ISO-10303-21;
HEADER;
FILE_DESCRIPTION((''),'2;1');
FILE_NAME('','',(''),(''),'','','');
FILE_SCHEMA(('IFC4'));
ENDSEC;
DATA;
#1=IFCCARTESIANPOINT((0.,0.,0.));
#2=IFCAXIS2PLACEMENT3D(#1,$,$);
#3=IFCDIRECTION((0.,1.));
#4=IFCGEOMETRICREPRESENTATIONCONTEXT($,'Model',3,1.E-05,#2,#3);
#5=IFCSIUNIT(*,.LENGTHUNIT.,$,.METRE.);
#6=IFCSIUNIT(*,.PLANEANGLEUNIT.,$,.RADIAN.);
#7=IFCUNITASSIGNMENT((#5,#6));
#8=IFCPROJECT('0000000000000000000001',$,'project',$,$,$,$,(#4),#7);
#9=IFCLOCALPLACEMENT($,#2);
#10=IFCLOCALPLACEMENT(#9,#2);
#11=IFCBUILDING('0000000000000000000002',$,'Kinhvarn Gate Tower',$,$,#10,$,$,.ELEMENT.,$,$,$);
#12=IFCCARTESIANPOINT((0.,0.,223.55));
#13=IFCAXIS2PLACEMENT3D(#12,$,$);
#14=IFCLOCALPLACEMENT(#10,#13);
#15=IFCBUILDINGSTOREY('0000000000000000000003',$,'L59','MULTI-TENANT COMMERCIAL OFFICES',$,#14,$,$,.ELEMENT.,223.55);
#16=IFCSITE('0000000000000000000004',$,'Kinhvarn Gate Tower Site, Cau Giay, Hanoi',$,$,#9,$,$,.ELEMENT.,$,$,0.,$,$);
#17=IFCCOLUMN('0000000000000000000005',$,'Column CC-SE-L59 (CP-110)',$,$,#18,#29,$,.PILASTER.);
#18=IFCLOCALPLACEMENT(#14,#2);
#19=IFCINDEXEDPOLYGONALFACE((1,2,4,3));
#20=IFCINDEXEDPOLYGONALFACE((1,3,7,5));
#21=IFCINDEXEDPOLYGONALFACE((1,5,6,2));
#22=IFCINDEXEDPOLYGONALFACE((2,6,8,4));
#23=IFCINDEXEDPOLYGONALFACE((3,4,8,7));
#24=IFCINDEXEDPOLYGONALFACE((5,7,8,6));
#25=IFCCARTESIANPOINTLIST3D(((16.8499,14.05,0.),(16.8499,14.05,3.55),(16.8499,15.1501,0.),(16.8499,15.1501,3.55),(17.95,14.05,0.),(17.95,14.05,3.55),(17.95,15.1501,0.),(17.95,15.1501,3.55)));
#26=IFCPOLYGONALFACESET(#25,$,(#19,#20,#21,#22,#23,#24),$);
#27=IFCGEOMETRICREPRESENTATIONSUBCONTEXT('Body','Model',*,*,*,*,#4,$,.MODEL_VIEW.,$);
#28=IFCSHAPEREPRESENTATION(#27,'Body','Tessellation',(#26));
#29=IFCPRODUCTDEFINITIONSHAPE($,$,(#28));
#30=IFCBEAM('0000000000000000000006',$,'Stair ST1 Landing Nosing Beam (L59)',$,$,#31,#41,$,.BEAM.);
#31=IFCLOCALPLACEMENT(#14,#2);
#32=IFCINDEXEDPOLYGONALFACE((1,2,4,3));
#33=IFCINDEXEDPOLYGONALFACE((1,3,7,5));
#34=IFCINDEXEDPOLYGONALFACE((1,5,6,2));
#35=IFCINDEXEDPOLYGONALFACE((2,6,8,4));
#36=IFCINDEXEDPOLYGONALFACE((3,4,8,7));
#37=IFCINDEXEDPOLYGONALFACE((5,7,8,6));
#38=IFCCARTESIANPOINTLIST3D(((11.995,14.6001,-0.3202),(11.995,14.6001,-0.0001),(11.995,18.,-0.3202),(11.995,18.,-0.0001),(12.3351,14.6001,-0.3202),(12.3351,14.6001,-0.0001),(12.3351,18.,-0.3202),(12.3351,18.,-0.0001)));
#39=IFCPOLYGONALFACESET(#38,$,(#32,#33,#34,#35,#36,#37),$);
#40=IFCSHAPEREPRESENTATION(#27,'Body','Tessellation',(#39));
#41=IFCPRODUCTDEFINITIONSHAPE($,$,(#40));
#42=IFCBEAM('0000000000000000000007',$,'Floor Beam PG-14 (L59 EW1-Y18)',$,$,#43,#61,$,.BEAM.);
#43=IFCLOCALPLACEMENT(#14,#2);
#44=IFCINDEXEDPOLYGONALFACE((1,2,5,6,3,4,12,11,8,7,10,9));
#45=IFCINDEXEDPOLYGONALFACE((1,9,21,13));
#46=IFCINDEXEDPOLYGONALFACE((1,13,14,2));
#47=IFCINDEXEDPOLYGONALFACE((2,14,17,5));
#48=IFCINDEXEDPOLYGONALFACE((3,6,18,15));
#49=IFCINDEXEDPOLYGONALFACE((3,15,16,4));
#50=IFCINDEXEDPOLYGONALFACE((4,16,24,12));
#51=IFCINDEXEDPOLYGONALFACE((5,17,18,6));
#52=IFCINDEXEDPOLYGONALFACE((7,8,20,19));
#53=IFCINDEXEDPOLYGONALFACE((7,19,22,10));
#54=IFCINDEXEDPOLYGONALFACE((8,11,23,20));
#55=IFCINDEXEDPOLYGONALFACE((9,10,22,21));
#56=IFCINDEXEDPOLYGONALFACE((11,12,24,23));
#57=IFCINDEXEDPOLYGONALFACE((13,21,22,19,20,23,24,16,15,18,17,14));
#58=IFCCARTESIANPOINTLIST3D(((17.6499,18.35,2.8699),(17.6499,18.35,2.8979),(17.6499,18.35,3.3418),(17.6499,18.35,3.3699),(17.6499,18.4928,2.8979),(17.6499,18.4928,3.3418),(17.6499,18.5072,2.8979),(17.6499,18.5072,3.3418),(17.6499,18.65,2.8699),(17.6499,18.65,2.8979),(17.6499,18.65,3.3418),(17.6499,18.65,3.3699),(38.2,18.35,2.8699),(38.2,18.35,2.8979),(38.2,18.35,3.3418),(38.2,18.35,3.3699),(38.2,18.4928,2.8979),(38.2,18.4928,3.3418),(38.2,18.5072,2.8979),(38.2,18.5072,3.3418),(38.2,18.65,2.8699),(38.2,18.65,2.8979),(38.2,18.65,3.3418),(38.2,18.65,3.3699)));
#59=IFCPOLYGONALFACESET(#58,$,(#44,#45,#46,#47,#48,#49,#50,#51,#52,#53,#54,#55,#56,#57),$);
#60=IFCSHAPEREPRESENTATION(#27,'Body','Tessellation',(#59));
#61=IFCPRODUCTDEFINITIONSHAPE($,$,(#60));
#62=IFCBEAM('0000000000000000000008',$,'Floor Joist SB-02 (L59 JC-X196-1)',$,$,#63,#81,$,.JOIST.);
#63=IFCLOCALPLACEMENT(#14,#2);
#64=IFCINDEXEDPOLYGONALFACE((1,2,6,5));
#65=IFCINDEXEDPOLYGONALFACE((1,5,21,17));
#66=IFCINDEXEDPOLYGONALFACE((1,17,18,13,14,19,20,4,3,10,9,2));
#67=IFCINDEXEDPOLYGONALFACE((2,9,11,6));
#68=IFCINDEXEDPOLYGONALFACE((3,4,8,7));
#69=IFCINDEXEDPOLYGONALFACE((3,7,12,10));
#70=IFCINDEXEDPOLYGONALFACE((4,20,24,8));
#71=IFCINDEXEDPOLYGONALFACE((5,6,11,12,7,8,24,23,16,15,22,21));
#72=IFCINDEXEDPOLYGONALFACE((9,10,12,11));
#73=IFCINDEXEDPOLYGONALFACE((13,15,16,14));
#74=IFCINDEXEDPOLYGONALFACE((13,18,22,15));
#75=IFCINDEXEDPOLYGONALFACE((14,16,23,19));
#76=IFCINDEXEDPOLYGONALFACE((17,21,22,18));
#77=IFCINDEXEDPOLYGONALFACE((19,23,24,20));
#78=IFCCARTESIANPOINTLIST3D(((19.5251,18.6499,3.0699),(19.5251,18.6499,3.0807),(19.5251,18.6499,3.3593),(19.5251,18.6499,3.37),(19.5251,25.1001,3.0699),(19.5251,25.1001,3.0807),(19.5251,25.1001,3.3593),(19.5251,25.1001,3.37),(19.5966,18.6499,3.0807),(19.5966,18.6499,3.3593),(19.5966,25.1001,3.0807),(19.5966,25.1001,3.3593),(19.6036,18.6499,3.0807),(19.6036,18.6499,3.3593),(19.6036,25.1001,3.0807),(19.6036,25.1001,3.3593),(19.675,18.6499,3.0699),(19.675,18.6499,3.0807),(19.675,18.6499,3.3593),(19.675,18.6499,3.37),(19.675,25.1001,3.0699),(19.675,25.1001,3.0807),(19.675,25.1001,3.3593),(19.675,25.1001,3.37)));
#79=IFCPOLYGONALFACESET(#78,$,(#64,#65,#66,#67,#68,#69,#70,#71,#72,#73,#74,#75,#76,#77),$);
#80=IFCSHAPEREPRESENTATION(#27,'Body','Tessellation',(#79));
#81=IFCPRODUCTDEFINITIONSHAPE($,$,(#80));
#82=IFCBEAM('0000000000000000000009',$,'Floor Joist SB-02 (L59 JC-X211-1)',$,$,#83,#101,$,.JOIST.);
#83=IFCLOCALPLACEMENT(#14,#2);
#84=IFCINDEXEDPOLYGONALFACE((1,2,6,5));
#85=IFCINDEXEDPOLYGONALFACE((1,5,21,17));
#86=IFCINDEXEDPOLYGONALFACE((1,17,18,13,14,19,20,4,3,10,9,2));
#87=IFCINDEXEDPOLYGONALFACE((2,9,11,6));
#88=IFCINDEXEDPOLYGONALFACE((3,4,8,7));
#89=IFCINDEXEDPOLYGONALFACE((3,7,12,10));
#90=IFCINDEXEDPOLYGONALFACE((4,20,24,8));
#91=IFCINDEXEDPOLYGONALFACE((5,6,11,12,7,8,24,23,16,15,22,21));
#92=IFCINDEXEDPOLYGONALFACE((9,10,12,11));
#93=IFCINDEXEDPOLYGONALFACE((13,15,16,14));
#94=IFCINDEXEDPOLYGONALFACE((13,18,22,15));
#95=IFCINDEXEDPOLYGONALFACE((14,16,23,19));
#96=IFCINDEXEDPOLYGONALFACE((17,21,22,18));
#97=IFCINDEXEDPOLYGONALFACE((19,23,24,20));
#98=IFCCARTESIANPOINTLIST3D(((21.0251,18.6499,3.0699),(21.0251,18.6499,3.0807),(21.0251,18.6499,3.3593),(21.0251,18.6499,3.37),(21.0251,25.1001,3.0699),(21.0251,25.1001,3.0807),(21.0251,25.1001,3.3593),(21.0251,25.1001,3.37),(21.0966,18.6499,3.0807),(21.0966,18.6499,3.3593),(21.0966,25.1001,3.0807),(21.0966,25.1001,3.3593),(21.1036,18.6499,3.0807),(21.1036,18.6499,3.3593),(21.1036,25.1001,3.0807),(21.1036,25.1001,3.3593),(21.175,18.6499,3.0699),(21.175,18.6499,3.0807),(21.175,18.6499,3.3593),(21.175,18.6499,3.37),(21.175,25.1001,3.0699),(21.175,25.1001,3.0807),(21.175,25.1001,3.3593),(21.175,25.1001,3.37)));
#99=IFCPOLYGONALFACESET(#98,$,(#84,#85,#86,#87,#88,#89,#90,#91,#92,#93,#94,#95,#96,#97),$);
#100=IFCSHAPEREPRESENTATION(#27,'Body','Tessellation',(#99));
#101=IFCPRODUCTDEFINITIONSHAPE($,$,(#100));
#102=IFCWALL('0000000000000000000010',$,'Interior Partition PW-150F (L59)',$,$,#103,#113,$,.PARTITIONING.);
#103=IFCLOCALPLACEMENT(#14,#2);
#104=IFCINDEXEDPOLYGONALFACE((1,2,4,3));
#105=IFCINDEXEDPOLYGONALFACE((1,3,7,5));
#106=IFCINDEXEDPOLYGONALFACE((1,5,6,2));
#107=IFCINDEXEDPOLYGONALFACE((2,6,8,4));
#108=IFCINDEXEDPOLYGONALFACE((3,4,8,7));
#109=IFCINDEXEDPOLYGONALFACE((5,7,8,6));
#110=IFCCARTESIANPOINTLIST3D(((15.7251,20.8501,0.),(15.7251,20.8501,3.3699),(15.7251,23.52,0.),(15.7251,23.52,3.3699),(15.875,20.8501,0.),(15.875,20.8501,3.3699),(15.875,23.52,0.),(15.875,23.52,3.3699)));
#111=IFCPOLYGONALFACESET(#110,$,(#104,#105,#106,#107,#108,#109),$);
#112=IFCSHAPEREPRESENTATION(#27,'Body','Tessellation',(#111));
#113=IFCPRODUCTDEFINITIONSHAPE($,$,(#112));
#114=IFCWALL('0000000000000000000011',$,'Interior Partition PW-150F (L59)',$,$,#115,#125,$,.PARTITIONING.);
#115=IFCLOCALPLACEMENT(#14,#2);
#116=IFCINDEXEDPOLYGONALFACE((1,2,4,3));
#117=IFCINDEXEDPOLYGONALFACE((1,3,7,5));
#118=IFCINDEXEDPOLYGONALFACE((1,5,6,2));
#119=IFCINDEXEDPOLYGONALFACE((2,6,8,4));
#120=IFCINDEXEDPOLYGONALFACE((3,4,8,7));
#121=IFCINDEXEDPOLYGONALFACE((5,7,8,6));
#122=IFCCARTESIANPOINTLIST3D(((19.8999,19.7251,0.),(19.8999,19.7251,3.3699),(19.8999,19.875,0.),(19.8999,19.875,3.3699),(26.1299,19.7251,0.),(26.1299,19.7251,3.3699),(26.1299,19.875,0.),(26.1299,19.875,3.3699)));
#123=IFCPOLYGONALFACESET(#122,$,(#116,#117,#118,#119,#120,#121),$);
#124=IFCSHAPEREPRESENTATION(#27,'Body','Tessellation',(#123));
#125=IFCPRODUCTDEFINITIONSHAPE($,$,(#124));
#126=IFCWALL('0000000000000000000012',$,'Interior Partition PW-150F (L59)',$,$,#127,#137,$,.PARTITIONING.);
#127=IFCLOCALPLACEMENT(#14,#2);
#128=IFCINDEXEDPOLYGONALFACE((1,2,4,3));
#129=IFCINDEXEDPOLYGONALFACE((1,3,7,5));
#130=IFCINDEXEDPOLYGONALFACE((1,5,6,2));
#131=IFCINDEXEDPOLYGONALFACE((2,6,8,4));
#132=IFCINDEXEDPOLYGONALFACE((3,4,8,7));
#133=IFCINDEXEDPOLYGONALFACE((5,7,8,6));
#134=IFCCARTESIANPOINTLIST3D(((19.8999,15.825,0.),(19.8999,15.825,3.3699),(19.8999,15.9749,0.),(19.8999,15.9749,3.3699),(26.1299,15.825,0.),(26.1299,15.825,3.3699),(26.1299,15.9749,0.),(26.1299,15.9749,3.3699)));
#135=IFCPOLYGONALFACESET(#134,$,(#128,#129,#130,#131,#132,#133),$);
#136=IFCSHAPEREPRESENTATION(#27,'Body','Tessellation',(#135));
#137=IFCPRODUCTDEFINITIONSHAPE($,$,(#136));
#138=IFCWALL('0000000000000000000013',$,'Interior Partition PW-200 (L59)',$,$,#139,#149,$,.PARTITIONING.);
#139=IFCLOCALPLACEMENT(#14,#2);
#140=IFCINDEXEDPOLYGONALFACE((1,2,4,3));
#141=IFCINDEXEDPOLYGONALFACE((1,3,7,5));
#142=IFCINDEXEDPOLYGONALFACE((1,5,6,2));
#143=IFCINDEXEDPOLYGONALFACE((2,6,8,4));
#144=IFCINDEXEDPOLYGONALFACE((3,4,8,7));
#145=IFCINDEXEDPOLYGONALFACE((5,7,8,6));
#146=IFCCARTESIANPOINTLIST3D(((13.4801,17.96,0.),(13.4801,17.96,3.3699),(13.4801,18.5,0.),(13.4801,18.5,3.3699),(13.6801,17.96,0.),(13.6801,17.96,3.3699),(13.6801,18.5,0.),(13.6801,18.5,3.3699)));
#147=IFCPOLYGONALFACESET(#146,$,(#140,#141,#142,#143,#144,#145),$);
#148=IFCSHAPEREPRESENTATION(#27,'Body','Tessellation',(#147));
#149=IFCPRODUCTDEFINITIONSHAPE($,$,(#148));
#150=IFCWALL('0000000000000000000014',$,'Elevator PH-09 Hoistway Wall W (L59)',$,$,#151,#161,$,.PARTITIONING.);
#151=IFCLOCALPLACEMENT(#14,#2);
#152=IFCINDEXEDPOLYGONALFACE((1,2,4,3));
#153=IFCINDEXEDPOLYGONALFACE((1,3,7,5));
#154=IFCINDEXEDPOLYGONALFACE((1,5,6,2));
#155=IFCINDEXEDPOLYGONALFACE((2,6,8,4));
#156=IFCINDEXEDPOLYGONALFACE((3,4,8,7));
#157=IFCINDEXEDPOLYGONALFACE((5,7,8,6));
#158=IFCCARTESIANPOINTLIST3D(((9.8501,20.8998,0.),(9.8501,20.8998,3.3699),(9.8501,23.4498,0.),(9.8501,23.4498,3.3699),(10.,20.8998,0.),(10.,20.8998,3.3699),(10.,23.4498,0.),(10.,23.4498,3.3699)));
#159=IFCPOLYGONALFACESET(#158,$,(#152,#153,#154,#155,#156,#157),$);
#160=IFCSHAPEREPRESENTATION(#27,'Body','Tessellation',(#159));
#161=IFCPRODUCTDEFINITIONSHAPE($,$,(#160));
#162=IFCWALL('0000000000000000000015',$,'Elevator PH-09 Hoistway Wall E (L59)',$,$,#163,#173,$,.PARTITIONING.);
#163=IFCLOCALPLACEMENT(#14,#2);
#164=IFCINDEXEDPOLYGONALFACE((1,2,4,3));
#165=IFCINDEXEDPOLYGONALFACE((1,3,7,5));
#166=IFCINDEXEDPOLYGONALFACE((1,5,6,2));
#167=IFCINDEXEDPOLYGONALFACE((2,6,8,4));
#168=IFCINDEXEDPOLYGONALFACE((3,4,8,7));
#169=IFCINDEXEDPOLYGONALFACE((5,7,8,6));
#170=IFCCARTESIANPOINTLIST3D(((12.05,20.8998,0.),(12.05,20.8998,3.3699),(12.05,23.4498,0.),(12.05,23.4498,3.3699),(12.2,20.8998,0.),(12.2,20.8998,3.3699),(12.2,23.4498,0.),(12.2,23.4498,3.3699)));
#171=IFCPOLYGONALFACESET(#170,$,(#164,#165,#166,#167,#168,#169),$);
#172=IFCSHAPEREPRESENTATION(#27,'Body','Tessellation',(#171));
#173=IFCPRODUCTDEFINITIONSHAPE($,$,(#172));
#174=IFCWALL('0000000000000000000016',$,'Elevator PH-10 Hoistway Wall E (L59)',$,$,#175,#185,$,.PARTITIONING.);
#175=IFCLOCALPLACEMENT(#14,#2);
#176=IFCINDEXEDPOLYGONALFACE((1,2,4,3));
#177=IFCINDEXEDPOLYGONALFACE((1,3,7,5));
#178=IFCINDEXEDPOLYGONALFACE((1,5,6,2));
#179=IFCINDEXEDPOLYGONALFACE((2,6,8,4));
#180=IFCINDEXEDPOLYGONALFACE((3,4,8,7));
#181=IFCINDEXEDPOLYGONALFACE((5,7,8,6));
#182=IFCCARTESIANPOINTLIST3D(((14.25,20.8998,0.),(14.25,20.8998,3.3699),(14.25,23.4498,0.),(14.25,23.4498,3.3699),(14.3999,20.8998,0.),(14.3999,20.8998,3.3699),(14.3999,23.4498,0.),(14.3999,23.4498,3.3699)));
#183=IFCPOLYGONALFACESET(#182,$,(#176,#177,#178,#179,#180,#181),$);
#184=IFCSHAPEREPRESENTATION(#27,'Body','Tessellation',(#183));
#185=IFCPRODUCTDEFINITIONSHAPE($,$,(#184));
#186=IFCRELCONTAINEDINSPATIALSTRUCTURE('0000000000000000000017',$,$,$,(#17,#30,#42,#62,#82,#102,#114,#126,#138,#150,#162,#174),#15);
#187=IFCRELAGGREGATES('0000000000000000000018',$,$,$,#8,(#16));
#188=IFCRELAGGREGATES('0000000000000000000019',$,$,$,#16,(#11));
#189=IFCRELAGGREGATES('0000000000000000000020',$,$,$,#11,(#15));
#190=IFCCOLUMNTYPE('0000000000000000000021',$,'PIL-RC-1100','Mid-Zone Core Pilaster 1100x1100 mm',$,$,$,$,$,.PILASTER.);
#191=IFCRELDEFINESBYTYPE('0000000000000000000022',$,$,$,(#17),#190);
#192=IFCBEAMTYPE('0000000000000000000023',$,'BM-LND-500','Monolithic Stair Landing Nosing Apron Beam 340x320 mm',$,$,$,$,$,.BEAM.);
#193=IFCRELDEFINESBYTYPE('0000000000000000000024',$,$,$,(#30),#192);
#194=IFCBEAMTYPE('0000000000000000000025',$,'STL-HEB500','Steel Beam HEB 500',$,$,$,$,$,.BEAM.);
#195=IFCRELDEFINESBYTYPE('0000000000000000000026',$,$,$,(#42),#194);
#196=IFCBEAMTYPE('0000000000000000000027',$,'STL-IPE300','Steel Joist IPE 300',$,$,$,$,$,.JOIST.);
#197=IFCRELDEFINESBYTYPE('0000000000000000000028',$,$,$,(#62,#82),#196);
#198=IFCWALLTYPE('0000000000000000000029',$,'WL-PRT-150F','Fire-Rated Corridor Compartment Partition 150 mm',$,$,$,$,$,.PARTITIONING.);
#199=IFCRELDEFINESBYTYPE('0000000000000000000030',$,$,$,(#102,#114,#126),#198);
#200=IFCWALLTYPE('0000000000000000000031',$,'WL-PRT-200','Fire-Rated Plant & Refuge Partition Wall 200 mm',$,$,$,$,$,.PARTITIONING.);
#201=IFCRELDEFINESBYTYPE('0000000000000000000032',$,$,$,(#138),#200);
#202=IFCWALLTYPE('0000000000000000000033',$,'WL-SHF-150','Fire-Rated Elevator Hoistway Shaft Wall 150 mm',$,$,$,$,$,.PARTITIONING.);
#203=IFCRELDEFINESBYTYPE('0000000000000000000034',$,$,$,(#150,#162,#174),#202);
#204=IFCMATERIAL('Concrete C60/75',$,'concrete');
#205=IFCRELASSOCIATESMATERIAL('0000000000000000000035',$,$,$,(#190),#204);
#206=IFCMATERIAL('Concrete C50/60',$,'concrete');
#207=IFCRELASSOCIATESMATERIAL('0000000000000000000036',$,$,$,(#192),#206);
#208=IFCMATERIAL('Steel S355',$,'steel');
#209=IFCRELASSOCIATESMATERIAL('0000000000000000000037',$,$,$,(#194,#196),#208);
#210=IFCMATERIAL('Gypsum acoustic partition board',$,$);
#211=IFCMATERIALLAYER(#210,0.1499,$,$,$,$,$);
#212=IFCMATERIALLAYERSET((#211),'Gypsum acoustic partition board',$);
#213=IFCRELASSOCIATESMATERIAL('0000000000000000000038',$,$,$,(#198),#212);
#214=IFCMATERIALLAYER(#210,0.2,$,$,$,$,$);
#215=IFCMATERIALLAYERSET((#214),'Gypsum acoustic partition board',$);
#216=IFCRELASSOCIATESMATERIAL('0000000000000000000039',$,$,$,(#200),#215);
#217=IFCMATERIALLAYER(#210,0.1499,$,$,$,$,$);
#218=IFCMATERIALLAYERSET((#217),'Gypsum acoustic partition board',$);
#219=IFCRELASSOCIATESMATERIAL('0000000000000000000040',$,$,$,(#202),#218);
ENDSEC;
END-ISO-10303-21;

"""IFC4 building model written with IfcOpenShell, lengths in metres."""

from ifc_helpers import new_model, si_unit, direction, frame, frame_2d, origin, origin_2d, place, context, subcontext, project, spatial, rectangle, i_section, extrude, material, layer, layer_set, material_profile, profile_set, type_object, element, save


model = new_model("IFC4")

# Units and contexts
model_context = context("Model", 3, precision=1e-05, world=origin(), true_north=direction((0.0, 1.0)))
body_context = subcontext(model_context, "Body", "Model", "MODEL_VIEW")
ifc_project = project(units=[si_unit("LENGTHUNIT", "METRE"), si_unit("PLANEANGLEUNIT", "RADIAN")], contexts=[model_context])

# Site, building, storey
site_placement = place(None, origin())
site = spatial("IfcSite", under=ifc_project, at=site_placement, Name="Kinhvarn Gate Tower Site, Cau Giay, Hanoi", CompositionType="ELEMENT", RefElevation=0.0)
building_placement = place(site_placement, origin())
building = spatial("IfcBuilding", under=site, at=building_placement, Name="Kinhvarn Gate Tower", CompositionType="ELEMENT")
storey_placement = place(building_placement, frame((0.0, 0.0, 223.55)))
storey = spatial("IfcBuildingStorey", under=building, at=storey_placement, Name="L59", Description="MULTI-TENANT COMMERCIAL OFFICES", CompositionType="ELEMENT", Elevation=223.55)

# Column
ifc_material_1 = material(Name="Concrete C60/75", Category="concrete")
ifc_material_profile_1 = material_profile(ifc_material_1, rectangle(XDim=1.1001, YDim=1.1001, at=origin_2d()), Name="RC 1100x1100")
ifc_profile_set_1 = profile_set([ifc_material_profile_1], Name="Concrete C60/75")
column_type = type_object("IfcColumnType", Name="PIL-RC-1100", Description="Mid-Zone Core Pilaster 1100x1100 mm", PredefinedType="PILASTER", material=ifc_profile_set_1)
column_placement = place(storey_placement, frame((17.3999, 14.6001, 0.0), z_axis=(0.0, 0.0, 1.0), x_axis=(1.0, 0.0, 0.0)))
element("IfcColumn", 1, at=column_placement, inside=storey, type_object=column_type, Name="Column CC-SE-L59 (CP-110)", PredefinedType="PILASTER", context=body_context, shape_type="SweptSolid", body=[
    extrude(rectangle(XDim=1.1001, YDim=1.1001, at=origin_2d()), origin(), (0.0, 0.0, 1.0), 3.55),
])

# Beams
ifc_material_2 = material(Name="Concrete C50/60", Category="concrete")
ifc_material_profile_2 = material_profile(ifc_material_2, rectangle(XDim=0.3401, YDim=0.3201, at=origin_2d()), Name="RC 340x320")
ifc_profile_set_2 = profile_set([ifc_material_profile_2], Name="Concrete C50/60")
beam_type_1 = type_object("IfcBeamType", Name="BM-LND-500", Description="Monolithic Stair Landing Nosing Apron Beam 340x320 mm", PredefinedType="BEAM", material=ifc_profile_set_2)
beam_1_placement = place(storey_placement, frame((12.165, 14.6001, -0.1602), z_axis=(0.0, 1.0, 0.0), x_axis=(-1.0, 0.0, 0.0)))
element("IfcBeam", 2, at=beam_1_placement, inside=storey, type_object=beam_type_1, Name="Stair ST1 Landing Nosing Beam (L59)", PredefinedType="BEAM", context=body_context, shape_type="SweptSolid", body=[
    extrude(rectangle(XDim=0.3401, YDim=0.3201, at=origin_2d()), origin(), (0.0, 0.0, 1.0), 3.3999),
])
ifc_material_3 = material(Name="Steel S355", Category="steel")
ifc_material_profile_3 = material_profile(ifc_material_3, i_section(OverallWidth=0.3, OverallDepth=0.5, WebThickness=0.0144, FlangeThickness=0.0281, at=origin_2d()), Name="HEB 500")
ifc_profile_set_3 = profile_set([ifc_material_profile_3], Name="Steel S355")
beam_type_2 = type_object("IfcBeamType", Name="STL-HEB500", Description="Steel Beam HEB 500", PredefinedType="BEAM", material=ifc_profile_set_3)
beam_2_placement = place(storey_placement, frame((17.6499, 18.5, 3.1199), z_axis=(1.0, 0.0, 0.0), x_axis=(0.0, 1.0, 0.0)))
element("IfcBeam", 3, at=beam_2_placement, inside=storey, type_object=beam_type_2, Name="Floor Beam PG-14 (L59 EW1-Y18)", PredefinedType="BEAM", context=body_context, shape_type="SweptSolid", body=[
    extrude(i_section(OverallWidth=0.3, OverallDepth=0.5, WebThickness=0.0144, FlangeThickness=0.0281, at=origin_2d()), origin(), (0.0, 0.0, 1.0), 20.55),
])
ifc_material_profile_4 = material_profile(ifc_material_3, i_section(OverallWidth=0.1499, OverallDepth=0.3, WebThickness=0.0071, FlangeThickness=0.0107, at=origin_2d()), Name="IPE 300")
ifc_profile_set_4 = profile_set([ifc_material_profile_4], Name="Steel S355")
beam_type_3 = type_object("IfcBeamType", Name="STL-IPE300", Description="Steel Joist IPE 300", PredefinedType="JOIST", material=ifc_profile_set_4)
for number, where, z_axis, x_axis, name in (
    (4, (19.6001, 18.6499, 3.22), (0.0, 1.0, 0.0), (-1.0, 0.0, 0.0), "Floor Joist SB-02 (L59 JC-X196-1)"),
    (5, (21.1001, 18.6499, 3.22), (0.0, 1.0, 0.0), (-1.0, 0.0, 0.0), "Floor Joist SB-02 (L59 JC-X211-1)"),
):
    element("IfcBeam", number, at=place(storey_placement, frame(where, z_axis=z_axis, x_axis=x_axis)), inside=storey, type_object=beam_type_3, Name=name, PredefinedType="JOIST", context=body_context, shape_type="SweptSolid", body=[
        extrude(i_section(OverallWidth=0.1499, OverallDepth=0.3, WebThickness=0.0071, FlangeThickness=0.0107, at=origin_2d()), origin(), (0.0, 0.0, 1.0), 6.4502),
    ])

# Wall
ifc_material_4 = material(Name="Gypsum acoustic partition board")
ifc_layer_1 = layer(ifc_material_4, 0.1499)
ifc_layer_set_1 = layer_set([ifc_layer_1], Name="Gypsum acoustic partition board")
wall_type_1 = type_object("IfcWallType", Name="WL-PRT-150F", Description="Fire-Rated Corridor Compartment Partition 150 mm", PredefinedType="PARTITIONING", material=ifc_layer_set_1)
wall_1_placement = place(storey_placement, frame((15.8, 20.8501, 0.0), z_axis=(0.0, 0.0, 1.0), x_axis=(0.0, 1.0, 0.0)))
element("IfcWall", 6, at=wall_1_placement, inside=storey, type_object=wall_type_1, Name="Interior Partition PW-150F (L59)", PredefinedType="PARTITIONING", context=body_context, shape_type="SweptSolid", body=[
    extrude(rectangle(XDim=2.6699, YDim=0.1499, at=frame_2d((1.335, 0.0))), origin(), (0.0, 0.0, 1.0), 3.3699),
])

# Walls
for number, where, z_axis, x_axis, name in (
    (7, (19.8999, 19.8, 0.0), (0.0, 0.0, 1.0), (1.0, 0.0, 0.0), "Interior Partition PW-150F (L59)"),
    (8, (19.8999, 15.8999, 0.0), (0.0, 0.0, 1.0), (1.0, 0.0, 0.0), "Interior Partition PW-150F (L59)"),
):
    element("IfcWall", number, at=place(storey_placement, frame(where, z_axis=z_axis, x_axis=x_axis)), inside=storey, type_object=wall_type_1, Name=name, PredefinedType="PARTITIONING", context=body_context, shape_type="SweptSolid", body=[
        extrude(rectangle(XDim=6.23, YDim=0.1499, at=frame_2d((3.115, 0.0))), origin(), (0.0, 0.0, 1.0), 3.3699),
    ])
ifc_layer_2 = layer(ifc_material_4, 0.2)
ifc_layer_set_2 = layer_set([ifc_layer_2], Name="Gypsum acoustic partition board")
wall_type_2 = type_object("IfcWallType", Name="WL-PRT-200", Description="Fire-Rated Plant & Refuge Partition Wall 200 mm", PredefinedType="PARTITIONING", material=ifc_layer_set_2)
wall_2_placement = place(storey_placement, frame((13.5801, 17.96, 0.0), z_axis=(0.0, 0.0, 1.0), x_axis=(0.0, 1.0, 0.0)))
element("IfcWall", 9, at=wall_2_placement, inside=storey, type_object=wall_type_2, Name="Interior Partition PW-200 (L59)", PredefinedType="PARTITIONING", context=body_context, shape_type="SweptSolid", body=[
    extrude(rectangle(XDim=0.54, YDim=0.2, at=frame_2d((0.27, 0.0))), origin(), (0.0, 0.0, 1.0), 3.3699),
])
ifc_layer_3 = layer(ifc_material_4, 0.1499)
ifc_layer_set_3 = layer_set([ifc_layer_3], Name="Gypsum acoustic partition board")
wall_type_3 = type_object("IfcWallType", Name="WL-SHF-150", Description="Fire-Rated Elevator Hoistway Shaft Wall 150 mm", PredefinedType="PARTITIONING", material=ifc_layer_set_3)
for number, where, z_axis, x_axis, name in (
    (10, (9.925, 20.8999, 0.0), (0.0, 0.0, 1.0), (0.0, 1.0, 0.0), "Elevator PH-09 Hoistway Wall W (L59)"),
    (11, (12.125, 20.8999, 0.0), (0.0, 0.0, 1.0), (0.0, 1.0, 0.0), "Elevator PH-09 Hoistway Wall E (L59)"),
    (12, (14.325, 20.8999, 0.0), (0.0, 0.0, 1.0), (0.0, 1.0, 0.0), "Elevator PH-10 Hoistway Wall E (L59)"),
):
    element("IfcWall", number, at=place(storey_placement, frame(where, z_axis=z_axis, x_axis=x_axis)), inside=storey, type_object=wall_type_3, Name=name, PredefinedType="PARTITIONING", context=body_context, shape_type="SweptSolid", body=[
        extrude(rectangle(XDim=2.55, YDim=0.1499, at=frame_2d((1.2749, 0.0))), origin(), (0.0, 0.0, 1.0), 3.3699),
    ])

save(model, "model.ifc")
